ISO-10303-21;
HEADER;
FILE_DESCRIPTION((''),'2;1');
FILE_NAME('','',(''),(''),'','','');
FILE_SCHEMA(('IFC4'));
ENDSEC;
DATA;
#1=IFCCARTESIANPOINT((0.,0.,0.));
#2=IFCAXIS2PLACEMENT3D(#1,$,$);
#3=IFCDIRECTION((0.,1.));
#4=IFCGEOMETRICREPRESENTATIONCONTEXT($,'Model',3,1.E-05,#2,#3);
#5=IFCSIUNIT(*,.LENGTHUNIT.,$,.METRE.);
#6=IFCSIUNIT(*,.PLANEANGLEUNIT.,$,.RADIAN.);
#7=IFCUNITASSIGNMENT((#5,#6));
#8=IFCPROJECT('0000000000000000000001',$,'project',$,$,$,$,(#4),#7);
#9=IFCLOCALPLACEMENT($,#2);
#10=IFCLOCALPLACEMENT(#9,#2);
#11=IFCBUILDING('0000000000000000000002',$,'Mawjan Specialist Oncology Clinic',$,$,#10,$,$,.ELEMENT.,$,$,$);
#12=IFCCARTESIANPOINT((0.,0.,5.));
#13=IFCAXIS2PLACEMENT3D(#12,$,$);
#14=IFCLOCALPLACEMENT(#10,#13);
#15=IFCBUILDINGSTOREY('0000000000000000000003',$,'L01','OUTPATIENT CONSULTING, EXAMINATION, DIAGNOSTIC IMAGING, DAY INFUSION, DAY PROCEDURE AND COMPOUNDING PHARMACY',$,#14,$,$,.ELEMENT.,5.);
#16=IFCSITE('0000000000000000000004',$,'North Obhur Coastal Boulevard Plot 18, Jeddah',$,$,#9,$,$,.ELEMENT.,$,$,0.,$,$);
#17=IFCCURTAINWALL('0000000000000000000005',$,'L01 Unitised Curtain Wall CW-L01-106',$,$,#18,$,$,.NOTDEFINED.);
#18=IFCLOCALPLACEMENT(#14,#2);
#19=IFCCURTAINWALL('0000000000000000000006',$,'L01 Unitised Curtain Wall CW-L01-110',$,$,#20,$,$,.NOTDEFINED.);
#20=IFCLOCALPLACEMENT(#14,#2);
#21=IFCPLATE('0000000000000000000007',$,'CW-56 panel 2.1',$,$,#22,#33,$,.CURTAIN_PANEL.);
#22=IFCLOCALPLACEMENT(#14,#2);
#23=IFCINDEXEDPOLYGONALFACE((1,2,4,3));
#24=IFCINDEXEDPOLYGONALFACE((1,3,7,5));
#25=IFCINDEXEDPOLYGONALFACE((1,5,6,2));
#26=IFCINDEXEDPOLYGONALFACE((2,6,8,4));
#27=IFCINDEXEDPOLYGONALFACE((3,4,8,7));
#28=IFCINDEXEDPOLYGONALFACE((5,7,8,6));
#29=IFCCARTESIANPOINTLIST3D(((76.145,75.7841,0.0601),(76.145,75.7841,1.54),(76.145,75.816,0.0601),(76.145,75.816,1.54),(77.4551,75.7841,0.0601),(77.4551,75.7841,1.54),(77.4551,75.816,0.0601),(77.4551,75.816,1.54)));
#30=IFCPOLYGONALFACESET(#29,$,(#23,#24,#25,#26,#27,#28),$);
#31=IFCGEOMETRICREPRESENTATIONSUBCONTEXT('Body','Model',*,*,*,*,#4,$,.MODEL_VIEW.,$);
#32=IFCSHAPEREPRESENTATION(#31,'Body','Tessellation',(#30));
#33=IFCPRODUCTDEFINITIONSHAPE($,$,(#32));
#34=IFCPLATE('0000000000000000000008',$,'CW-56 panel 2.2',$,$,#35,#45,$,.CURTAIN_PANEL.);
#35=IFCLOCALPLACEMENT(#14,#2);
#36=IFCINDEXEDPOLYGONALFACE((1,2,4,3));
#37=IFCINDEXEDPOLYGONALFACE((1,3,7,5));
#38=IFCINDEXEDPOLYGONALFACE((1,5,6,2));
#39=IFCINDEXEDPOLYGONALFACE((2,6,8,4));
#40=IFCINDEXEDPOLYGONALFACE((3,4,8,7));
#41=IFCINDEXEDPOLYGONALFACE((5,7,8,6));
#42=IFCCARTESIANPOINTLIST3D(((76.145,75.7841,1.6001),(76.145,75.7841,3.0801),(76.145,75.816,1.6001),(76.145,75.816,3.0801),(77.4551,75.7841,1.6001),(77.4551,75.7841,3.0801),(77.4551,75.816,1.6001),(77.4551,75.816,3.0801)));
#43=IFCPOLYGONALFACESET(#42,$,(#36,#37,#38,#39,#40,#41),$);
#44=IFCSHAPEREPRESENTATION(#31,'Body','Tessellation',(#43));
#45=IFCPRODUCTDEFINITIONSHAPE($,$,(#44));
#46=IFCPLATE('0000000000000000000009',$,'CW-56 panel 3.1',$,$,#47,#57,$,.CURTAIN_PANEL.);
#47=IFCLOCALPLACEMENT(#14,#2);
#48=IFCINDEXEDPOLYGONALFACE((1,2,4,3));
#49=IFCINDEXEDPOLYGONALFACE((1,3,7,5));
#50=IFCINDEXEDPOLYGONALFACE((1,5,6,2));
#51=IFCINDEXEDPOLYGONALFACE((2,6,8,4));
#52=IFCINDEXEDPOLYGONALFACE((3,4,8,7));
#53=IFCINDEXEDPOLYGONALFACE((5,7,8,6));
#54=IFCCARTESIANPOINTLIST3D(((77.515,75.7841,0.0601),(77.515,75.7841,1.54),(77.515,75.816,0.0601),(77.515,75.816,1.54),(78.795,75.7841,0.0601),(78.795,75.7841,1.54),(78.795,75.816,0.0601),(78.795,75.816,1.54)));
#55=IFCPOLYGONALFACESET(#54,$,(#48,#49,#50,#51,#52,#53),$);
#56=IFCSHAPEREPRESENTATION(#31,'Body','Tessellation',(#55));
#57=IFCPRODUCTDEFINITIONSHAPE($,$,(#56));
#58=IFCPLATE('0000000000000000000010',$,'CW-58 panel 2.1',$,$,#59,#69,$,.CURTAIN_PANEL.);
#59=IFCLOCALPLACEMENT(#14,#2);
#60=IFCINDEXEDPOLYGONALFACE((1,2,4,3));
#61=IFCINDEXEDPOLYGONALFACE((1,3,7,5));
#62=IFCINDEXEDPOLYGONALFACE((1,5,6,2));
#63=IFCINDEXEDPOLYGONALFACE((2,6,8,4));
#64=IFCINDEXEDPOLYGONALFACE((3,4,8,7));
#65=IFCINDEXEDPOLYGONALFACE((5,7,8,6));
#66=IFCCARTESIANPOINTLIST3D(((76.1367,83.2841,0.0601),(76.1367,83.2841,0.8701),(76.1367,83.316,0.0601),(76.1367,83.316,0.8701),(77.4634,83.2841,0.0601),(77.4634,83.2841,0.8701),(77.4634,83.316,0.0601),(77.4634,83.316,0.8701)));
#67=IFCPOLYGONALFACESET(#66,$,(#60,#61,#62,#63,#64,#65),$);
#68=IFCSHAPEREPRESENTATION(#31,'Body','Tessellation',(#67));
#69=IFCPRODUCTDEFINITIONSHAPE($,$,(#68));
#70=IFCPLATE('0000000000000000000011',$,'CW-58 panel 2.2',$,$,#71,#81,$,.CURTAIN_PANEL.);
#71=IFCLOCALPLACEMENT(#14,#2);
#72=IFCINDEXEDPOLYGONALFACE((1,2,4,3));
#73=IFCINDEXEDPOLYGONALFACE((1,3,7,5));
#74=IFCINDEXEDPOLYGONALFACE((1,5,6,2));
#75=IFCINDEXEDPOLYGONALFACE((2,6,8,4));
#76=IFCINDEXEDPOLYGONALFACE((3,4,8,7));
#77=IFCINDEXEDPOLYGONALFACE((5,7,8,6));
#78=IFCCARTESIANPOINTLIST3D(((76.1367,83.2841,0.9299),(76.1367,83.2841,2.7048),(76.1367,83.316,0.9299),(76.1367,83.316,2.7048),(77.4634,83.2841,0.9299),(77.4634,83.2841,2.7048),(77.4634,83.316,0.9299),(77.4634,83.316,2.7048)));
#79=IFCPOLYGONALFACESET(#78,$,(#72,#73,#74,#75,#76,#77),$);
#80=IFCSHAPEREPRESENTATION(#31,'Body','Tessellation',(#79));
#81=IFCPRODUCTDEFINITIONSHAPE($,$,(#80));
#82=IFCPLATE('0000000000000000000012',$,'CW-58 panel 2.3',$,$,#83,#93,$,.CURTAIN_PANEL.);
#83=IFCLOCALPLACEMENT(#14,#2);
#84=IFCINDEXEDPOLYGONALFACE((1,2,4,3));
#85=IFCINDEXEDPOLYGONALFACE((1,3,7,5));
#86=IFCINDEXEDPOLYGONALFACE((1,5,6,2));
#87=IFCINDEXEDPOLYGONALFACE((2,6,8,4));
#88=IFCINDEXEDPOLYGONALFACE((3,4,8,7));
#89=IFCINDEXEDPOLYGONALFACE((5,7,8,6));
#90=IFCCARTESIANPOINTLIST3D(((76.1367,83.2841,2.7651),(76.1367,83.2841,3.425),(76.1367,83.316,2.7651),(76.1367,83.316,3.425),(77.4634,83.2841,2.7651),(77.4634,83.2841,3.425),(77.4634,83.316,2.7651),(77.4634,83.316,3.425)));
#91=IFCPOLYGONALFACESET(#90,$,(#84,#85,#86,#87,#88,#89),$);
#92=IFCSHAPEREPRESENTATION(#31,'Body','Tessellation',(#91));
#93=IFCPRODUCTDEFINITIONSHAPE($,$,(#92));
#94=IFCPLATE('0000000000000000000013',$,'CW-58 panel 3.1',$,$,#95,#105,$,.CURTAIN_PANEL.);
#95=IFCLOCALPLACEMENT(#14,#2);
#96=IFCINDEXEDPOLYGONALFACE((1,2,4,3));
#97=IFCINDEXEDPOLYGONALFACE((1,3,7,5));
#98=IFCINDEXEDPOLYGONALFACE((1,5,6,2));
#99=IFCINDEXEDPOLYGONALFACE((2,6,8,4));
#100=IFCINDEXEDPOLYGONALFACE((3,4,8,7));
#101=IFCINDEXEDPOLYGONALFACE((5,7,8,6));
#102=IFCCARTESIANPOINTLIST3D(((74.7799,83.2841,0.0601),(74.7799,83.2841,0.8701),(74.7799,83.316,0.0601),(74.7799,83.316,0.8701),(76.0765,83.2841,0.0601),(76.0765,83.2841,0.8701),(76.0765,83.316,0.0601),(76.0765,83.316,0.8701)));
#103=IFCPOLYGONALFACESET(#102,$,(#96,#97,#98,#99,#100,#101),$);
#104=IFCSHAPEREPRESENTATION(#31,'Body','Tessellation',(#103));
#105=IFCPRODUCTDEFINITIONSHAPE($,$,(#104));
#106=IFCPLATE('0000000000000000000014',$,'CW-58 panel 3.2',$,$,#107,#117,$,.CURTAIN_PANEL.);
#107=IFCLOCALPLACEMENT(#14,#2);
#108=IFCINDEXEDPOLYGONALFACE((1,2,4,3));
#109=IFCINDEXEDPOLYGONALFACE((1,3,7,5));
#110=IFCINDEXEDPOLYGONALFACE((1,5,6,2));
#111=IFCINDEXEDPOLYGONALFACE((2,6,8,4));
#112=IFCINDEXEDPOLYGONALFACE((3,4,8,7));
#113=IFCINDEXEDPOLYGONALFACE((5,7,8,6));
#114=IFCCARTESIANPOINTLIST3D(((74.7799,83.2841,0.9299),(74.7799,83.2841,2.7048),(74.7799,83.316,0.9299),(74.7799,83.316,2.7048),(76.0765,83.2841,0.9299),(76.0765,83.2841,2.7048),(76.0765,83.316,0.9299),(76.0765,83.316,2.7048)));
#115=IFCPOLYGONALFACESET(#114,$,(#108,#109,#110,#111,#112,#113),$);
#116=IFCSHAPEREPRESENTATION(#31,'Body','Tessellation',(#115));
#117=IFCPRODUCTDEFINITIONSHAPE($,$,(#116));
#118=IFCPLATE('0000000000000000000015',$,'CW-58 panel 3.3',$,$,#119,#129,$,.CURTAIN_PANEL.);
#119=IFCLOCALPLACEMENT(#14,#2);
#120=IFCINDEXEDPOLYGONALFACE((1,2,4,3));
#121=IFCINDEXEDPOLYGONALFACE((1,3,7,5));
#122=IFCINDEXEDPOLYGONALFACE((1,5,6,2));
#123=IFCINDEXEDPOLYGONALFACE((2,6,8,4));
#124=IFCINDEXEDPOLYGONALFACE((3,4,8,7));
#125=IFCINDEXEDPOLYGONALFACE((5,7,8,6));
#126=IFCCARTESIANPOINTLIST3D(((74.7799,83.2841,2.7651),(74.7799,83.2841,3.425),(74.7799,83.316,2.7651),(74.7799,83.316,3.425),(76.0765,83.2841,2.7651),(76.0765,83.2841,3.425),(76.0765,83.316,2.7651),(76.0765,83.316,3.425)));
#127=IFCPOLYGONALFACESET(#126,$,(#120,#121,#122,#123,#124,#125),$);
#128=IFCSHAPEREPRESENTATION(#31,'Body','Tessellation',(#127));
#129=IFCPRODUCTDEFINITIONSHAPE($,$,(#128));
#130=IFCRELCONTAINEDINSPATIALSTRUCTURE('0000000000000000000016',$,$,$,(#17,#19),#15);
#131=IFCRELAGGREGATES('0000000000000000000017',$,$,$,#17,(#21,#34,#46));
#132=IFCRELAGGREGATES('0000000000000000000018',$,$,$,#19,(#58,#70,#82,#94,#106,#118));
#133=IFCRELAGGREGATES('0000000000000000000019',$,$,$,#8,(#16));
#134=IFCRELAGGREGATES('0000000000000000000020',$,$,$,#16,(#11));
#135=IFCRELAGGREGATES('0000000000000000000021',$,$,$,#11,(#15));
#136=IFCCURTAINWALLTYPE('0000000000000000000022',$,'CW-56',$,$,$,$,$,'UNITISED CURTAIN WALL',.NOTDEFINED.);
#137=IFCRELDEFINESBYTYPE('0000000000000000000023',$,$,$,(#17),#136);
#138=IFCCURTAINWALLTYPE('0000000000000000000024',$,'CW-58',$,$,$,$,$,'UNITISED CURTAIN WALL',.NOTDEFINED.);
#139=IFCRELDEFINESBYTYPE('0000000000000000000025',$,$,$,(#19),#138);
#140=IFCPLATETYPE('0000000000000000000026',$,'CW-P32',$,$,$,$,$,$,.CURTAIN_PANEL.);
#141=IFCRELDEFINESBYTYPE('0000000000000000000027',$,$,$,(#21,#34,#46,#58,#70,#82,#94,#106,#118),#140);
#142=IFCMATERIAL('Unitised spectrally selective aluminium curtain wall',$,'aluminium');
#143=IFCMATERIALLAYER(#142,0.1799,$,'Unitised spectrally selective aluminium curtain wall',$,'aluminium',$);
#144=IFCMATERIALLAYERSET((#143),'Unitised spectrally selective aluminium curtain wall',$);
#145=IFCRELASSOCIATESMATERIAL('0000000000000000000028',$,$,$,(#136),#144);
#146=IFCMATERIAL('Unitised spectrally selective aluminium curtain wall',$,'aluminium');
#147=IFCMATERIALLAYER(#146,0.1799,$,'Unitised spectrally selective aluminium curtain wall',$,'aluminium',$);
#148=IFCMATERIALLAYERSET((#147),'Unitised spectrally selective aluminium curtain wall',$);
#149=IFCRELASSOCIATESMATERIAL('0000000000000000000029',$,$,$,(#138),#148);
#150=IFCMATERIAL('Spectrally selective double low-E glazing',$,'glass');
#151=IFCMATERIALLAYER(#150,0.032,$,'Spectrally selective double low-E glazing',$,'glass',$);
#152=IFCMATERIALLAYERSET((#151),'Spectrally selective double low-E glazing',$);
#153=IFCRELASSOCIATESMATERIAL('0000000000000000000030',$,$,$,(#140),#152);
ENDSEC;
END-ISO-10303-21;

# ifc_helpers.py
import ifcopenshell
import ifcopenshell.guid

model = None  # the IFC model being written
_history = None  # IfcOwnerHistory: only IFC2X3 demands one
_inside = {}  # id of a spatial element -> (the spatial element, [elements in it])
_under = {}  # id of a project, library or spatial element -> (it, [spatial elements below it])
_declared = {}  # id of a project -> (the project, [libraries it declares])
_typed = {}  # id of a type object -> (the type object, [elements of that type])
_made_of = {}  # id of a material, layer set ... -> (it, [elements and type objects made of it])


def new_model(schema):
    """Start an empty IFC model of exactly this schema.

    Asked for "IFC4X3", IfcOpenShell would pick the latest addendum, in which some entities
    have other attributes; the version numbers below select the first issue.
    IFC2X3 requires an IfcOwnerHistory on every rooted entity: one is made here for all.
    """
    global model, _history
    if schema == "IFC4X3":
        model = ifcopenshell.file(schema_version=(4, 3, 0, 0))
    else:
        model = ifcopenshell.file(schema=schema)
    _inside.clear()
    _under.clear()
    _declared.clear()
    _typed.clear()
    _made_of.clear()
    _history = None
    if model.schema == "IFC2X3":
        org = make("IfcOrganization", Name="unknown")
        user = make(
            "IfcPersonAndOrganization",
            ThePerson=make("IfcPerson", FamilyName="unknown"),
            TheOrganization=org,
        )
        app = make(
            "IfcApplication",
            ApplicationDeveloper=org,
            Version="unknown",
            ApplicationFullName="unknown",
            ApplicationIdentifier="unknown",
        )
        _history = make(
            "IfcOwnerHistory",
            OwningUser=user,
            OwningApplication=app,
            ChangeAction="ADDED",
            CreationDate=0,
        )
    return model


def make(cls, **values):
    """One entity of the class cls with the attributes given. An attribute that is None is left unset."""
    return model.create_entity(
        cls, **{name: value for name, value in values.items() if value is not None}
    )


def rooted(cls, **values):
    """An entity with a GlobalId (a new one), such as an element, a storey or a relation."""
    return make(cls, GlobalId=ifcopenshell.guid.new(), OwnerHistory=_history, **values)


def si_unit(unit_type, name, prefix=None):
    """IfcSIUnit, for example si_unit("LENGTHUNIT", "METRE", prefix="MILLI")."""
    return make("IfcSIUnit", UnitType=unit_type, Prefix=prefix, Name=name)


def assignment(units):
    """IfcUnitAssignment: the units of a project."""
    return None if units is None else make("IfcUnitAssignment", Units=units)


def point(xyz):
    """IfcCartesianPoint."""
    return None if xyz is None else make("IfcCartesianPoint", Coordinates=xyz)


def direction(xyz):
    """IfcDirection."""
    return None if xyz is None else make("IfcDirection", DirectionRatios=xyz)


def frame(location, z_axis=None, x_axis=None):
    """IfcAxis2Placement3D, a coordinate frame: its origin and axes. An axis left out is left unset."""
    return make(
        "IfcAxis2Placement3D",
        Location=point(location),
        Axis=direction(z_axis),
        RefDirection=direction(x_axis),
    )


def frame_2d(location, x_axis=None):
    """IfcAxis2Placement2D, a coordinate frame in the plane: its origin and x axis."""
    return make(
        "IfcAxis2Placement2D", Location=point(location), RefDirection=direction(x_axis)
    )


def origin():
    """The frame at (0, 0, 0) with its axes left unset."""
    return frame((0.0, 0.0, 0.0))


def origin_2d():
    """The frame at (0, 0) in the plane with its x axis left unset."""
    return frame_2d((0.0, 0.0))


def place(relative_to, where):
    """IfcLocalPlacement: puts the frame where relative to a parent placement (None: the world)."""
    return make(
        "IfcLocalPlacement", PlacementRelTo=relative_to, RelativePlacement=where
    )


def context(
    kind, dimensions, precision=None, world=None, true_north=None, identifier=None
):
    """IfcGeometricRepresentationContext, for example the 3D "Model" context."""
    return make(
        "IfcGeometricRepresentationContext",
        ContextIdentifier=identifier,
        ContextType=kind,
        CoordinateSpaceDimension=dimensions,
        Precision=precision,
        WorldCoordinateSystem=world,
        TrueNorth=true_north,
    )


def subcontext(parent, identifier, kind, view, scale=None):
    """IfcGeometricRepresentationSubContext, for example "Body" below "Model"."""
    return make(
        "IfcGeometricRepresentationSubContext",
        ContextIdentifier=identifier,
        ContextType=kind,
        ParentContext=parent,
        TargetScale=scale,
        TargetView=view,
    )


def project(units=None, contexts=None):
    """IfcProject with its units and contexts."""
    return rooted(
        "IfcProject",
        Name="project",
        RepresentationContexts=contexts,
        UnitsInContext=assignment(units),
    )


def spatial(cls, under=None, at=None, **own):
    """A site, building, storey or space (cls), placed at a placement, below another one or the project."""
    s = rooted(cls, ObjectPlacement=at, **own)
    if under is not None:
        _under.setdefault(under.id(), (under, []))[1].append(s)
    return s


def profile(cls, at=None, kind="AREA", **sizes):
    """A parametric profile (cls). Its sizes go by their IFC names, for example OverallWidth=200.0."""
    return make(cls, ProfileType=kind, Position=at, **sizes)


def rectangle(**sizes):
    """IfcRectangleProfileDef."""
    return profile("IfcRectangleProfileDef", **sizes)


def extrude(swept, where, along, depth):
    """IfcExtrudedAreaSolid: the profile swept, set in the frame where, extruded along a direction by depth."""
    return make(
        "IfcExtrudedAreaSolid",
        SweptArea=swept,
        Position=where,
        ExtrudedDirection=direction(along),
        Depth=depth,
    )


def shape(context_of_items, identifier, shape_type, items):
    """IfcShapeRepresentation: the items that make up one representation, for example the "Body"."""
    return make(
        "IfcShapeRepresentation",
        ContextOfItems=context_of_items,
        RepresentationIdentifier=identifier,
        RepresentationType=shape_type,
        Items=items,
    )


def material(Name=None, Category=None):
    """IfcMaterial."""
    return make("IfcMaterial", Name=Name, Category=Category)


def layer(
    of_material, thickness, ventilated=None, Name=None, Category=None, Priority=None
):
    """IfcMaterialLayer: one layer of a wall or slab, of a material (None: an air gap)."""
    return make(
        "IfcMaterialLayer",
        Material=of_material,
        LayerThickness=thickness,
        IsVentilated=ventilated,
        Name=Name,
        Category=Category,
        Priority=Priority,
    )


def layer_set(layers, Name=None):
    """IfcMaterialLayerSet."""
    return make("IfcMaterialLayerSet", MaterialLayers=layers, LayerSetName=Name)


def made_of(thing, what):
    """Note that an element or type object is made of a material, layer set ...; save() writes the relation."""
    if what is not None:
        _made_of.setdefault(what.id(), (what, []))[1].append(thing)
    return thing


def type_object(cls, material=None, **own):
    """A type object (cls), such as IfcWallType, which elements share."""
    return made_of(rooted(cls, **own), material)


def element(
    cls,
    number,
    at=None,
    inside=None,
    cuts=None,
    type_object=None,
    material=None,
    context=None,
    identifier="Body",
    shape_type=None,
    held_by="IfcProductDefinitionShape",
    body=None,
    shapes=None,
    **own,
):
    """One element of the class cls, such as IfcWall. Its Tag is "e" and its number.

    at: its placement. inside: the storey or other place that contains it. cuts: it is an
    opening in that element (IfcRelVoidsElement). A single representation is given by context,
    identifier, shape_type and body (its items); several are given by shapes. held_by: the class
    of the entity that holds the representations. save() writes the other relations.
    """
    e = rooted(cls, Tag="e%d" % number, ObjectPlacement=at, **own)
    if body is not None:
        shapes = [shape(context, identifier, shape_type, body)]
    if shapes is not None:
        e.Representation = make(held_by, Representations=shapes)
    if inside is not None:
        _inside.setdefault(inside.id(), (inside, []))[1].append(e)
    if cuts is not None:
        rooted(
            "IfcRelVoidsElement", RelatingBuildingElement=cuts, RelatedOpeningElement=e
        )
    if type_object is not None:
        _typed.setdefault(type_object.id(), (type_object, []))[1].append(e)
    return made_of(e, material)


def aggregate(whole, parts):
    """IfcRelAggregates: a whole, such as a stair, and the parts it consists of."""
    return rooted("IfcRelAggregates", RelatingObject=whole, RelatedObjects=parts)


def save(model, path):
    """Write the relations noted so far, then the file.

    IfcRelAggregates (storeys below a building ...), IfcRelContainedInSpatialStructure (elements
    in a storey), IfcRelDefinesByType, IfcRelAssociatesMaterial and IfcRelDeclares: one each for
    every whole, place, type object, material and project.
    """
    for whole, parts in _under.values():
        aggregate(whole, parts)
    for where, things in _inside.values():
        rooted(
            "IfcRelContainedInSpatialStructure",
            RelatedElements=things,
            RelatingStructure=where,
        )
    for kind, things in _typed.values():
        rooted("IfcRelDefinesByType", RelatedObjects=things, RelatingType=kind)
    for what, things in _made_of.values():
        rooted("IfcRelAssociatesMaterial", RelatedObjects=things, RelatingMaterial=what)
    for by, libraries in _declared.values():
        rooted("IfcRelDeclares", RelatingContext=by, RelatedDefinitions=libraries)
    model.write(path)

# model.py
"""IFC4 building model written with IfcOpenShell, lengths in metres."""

from ifc_helpers import new_model, si_unit, direction, frame, origin, origin_2d, place, context, subcontext, project, spatial, rectangle, extrude, material, layer, layer_set, type_object, element, aggregate, save


model = new_model("IFC4")

# Units and contexts
model_context = context("Model", 3, precision=1e-05, world=origin(), true_north=direction((0.0, 1.0)))
body_context = subcontext(model_context, "Body", "Model", "MODEL_VIEW")
ifc_project = project(units=[si_unit("LENGTHUNIT", "METRE"), si_unit("PLANEANGLEUNIT", "RADIAN")], contexts=[model_context])

# Site, building, storey
site_placement = place(None, origin())
site = spatial("IfcSite", under=ifc_project, at=site_placement, Name="North Obhur Coastal Boulevard Plot 18, Jeddah", CompositionType="ELEMENT", RefElevation=0.0)
building_placement = place(site_placement, origin())
building = spatial("IfcBuilding", under=site, at=building_placement, Name="Mawjan Specialist Oncology Clinic", CompositionType="ELEMENT")
storey_placement = place(building_placement, frame((0.0, 0.0, 5.0)))
storey = spatial("IfcBuildingStorey", under=building, at=storey_placement, Name="L01", Description="OUTPATIENT CONSULTING, EXAMINATION, DIAGNOSTIC IMAGING, DAY INFUSION, DAY PROCEDURE AND COMPOUNDING PHARMACY", CompositionType="ELEMENT", Elevation=5.0)

# Curtain walls
ifc_material_1 = material(Name="Unitised spectrally selective aluminium curtain wall", Category="aluminium")
ifc_layer_1 = layer(ifc_material_1, 0.1799, Name="Unitised spectrally selective aluminium curtain wall", Category="aluminium")
ifc_layer_set_1 = layer_set([ifc_layer_1], Name="Unitised spectrally selective aluminium curtain wall")
curtain_wall_type_1 = type_object("IfcCurtainWallType", Name="CW-56", ElementType="UNITISED CURTAIN WALL", PredefinedType="NOTDEFINED", material=ifc_layer_set_1)
curtain_wall_1_placement = place(storey_placement, origin())
curtain_wall_1 = element("IfcCurtainWall", 1, at=curtain_wall_1_placement, inside=storey, type_object=curtain_wall_type_1, Name="L01 Unitised Curtain Wall CW-L01-106", PredefinedType="NOTDEFINED")
ifc_material_2 = material(Name="Unitised spectrally selective aluminium curtain wall", Category="aluminium")
ifc_layer_2 = layer(ifc_material_2, 0.1799, Name="Unitised spectrally selective aluminium curtain wall", Category="aluminium")
ifc_layer_set_2 = layer_set([ifc_layer_2], Name="Unitised spectrally selective aluminium curtain wall")
curtain_wall_type_2 = type_object("IfcCurtainWallType", Name="CW-58", ElementType="UNITISED CURTAIN WALL", PredefinedType="NOTDEFINED", material=ifc_layer_set_2)
curtain_wall_2_placement = place(storey_placement, origin())
curtain_wall_2 = element("IfcCurtainWall", 2, at=curtain_wall_2_placement, inside=storey, type_object=curtain_wall_type_2, Name="L01 Unitised Curtain Wall CW-L01-110", PredefinedType="NOTDEFINED")

# Plates
ifc_material_3 = material(Name="Spectrally selective double low-E glazing", Category="glass")
ifc_layer_3 = layer(ifc_material_3, 0.032, Name="Spectrally selective double low-E glazing", Category="glass")
ifc_layer_set_3 = layer_set([ifc_layer_3], Name="Spectrally selective double low-E glazing")
plate_type = type_object("IfcPlateType", Name="CW-P32", PredefinedType="CURTAIN_PANEL", material=ifc_layer_set_3)
plate_1_placement = place(storey_placement, frame((76.8, 75.8, 0.0601), z_axis=(0.0, 0.0, 1.0), x_axis=(1.0, 0.0, 0.0)))
plate_1 = element("IfcPlate", 3, at=plate_1_placement, type_object=plate_type, Name="CW-56 panel 2.1", PredefinedType="CURTAIN_PANEL", context=body_context, shape_type="SweptSolid", body=[
    extrude(rectangle(XDim=1.3101, YDim=0.032, at=origin_2d()), origin(), (0.0, 0.0, 1.0), 1.48),
])
plate_2_placement = place(storey_placement, frame((76.8, 75.8, 1.6001), z_axis=(0.0, 0.0, 1.0), x_axis=(1.0, 0.0, 0.0)))
plate_2 = element("IfcPlate", 4, at=plate_2_placement, type_object=plate_type, Name="CW-56 panel 2.2", PredefinedType="CURTAIN_PANEL", context=body_context, shape_type="SweptSolid", body=[
    extrude(rectangle(XDim=1.3101, YDim=0.032, at=origin_2d()), origin(), (0.0, 0.0, 1.0), 1.48),
])
plate_3_placement = place(storey_placement, frame((78.155, 75.8, 0.0601), z_axis=(0.0, 0.0, 1.0), x_axis=(1.0, 0.0, 0.0)))
plate_3 = element("IfcPlate", 5, at=plate_3_placement, type_object=plate_type, Name="CW-56 panel 3.1", PredefinedType="CURTAIN_PANEL", context=body_context, shape_type="SweptSolid", body=[
    extrude(rectangle(XDim=1.28, YDim=0.032, at=origin_2d()), origin(), (0.0, 0.0, 1.0), 1.48),
])
aggregate(curtain_wall_1, [plate_1, plate_2, plate_3])
plate_4_placement = place(storey_placement, frame((76.8, 83.3, 0.0601), z_axis=(0.0, 0.0, 1.0), x_axis=(-1.0, 0.0, 0.0)))
plate_4 = element("IfcPlate", 6, at=plate_4_placement, type_object=plate_type, Name="CW-58 panel 2.1", PredefinedType="CURTAIN_PANEL", context=body_context, shape_type="SweptSolid", body=[
    extrude(rectangle(XDim=1.3267, YDim=0.032, at=origin_2d()), origin(), (0.0, 0.0, 1.0), 0.8101),
])
plate_5_placement = place(storey_placement, frame((76.8, 83.3, 0.9299), z_axis=(0.0, 0.0, 1.0), x_axis=(-1.0, 0.0, 0.0)))
plate_5 = element("IfcPlate", 7, at=plate_5_placement, type_object=plate_type, Name="CW-58 panel 2.2", PredefinedType="CURTAIN_PANEL", context=body_context, shape_type="SweptSolid", body=[
    extrude(rectangle(XDim=1.3267, YDim=0.032, at=origin_2d()), origin(), (0.0, 0.0, 1.0), 1.7749),
])
plate_6_placement = place(storey_placement, frame((76.8, 83.3, 2.7651), z_axis=(0.0, 0.0, 1.0), x_axis=(-1.0, 0.0, 0.0)))
plate_6 = element("IfcPlate", 8, at=plate_6_placement, type_object=plate_type, Name="CW-58 panel 2.3", PredefinedType="CURTAIN_PANEL", context=body_context, shape_type="SweptSolid", body=[
    extrude(rectangle(XDim=1.3267, YDim=0.032, at=origin_2d()), origin(), (0.0, 0.0, 1.0), 0.6599),
])
plate_7_placement = place(storey_placement, frame((75.4282, 83.3, 0.0601), z_axis=(0.0, 0.0, 1.0), x_axis=(-1.0, 0.0, 0.0)))
plate_7 = element("IfcPlate", 9, at=plate_7_placement, type_object=plate_type, Name="CW-58 panel 3.1", PredefinedType="CURTAIN_PANEL", context=body_context, shape_type="SweptSolid", body=[
    extrude(rectangle(XDim=1.2966, YDim=0.032, at=origin_2d()), origin(), (0.0, 0.0, 1.0), 0.8101),
])
plate_8_placement = place(storey_placement, frame((75.4282, 83.3, 0.9299), z_axis=(0.0, 0.0, 1.0), x_axis=(-1.0, 0.0, 0.0)))
plate_8 = element("IfcPlate", 10, at=plate_8_placement, type_object=plate_type, Name="CW-58 panel 3.2", PredefinedType="CURTAIN_PANEL", context=body_context, shape_type="SweptSolid", body=[
    extrude(rectangle(XDim=1.2966, YDim=0.032, at=origin_2d()), origin(), (0.0, 0.0, 1.0), 1.7749),
])
plate_9_placement = place(storey_placement, frame((75.4282, 83.3, 2.7651), z_axis=(0.0, 0.0, 1.0), x_axis=(-1.0, 0.0, 0.0)))
plate_9 = element("IfcPlate", 11, at=plate_9_placement, type_object=plate_type, Name="CW-58 panel 3.3", PredefinedType="CURTAIN_PANEL", context=body_context, shape_type="SweptSolid", body=[
    extrude(rectangle(XDim=1.2966, YDim=0.032, at=origin_2d()), origin(), (0.0, 0.0, 1.0), 0.6599),
])
aggregate(curtain_wall_2, [plate_4, plate_5, plate_6, plate_7, plate_8, plate_9])

save(model, "model.ifc")
